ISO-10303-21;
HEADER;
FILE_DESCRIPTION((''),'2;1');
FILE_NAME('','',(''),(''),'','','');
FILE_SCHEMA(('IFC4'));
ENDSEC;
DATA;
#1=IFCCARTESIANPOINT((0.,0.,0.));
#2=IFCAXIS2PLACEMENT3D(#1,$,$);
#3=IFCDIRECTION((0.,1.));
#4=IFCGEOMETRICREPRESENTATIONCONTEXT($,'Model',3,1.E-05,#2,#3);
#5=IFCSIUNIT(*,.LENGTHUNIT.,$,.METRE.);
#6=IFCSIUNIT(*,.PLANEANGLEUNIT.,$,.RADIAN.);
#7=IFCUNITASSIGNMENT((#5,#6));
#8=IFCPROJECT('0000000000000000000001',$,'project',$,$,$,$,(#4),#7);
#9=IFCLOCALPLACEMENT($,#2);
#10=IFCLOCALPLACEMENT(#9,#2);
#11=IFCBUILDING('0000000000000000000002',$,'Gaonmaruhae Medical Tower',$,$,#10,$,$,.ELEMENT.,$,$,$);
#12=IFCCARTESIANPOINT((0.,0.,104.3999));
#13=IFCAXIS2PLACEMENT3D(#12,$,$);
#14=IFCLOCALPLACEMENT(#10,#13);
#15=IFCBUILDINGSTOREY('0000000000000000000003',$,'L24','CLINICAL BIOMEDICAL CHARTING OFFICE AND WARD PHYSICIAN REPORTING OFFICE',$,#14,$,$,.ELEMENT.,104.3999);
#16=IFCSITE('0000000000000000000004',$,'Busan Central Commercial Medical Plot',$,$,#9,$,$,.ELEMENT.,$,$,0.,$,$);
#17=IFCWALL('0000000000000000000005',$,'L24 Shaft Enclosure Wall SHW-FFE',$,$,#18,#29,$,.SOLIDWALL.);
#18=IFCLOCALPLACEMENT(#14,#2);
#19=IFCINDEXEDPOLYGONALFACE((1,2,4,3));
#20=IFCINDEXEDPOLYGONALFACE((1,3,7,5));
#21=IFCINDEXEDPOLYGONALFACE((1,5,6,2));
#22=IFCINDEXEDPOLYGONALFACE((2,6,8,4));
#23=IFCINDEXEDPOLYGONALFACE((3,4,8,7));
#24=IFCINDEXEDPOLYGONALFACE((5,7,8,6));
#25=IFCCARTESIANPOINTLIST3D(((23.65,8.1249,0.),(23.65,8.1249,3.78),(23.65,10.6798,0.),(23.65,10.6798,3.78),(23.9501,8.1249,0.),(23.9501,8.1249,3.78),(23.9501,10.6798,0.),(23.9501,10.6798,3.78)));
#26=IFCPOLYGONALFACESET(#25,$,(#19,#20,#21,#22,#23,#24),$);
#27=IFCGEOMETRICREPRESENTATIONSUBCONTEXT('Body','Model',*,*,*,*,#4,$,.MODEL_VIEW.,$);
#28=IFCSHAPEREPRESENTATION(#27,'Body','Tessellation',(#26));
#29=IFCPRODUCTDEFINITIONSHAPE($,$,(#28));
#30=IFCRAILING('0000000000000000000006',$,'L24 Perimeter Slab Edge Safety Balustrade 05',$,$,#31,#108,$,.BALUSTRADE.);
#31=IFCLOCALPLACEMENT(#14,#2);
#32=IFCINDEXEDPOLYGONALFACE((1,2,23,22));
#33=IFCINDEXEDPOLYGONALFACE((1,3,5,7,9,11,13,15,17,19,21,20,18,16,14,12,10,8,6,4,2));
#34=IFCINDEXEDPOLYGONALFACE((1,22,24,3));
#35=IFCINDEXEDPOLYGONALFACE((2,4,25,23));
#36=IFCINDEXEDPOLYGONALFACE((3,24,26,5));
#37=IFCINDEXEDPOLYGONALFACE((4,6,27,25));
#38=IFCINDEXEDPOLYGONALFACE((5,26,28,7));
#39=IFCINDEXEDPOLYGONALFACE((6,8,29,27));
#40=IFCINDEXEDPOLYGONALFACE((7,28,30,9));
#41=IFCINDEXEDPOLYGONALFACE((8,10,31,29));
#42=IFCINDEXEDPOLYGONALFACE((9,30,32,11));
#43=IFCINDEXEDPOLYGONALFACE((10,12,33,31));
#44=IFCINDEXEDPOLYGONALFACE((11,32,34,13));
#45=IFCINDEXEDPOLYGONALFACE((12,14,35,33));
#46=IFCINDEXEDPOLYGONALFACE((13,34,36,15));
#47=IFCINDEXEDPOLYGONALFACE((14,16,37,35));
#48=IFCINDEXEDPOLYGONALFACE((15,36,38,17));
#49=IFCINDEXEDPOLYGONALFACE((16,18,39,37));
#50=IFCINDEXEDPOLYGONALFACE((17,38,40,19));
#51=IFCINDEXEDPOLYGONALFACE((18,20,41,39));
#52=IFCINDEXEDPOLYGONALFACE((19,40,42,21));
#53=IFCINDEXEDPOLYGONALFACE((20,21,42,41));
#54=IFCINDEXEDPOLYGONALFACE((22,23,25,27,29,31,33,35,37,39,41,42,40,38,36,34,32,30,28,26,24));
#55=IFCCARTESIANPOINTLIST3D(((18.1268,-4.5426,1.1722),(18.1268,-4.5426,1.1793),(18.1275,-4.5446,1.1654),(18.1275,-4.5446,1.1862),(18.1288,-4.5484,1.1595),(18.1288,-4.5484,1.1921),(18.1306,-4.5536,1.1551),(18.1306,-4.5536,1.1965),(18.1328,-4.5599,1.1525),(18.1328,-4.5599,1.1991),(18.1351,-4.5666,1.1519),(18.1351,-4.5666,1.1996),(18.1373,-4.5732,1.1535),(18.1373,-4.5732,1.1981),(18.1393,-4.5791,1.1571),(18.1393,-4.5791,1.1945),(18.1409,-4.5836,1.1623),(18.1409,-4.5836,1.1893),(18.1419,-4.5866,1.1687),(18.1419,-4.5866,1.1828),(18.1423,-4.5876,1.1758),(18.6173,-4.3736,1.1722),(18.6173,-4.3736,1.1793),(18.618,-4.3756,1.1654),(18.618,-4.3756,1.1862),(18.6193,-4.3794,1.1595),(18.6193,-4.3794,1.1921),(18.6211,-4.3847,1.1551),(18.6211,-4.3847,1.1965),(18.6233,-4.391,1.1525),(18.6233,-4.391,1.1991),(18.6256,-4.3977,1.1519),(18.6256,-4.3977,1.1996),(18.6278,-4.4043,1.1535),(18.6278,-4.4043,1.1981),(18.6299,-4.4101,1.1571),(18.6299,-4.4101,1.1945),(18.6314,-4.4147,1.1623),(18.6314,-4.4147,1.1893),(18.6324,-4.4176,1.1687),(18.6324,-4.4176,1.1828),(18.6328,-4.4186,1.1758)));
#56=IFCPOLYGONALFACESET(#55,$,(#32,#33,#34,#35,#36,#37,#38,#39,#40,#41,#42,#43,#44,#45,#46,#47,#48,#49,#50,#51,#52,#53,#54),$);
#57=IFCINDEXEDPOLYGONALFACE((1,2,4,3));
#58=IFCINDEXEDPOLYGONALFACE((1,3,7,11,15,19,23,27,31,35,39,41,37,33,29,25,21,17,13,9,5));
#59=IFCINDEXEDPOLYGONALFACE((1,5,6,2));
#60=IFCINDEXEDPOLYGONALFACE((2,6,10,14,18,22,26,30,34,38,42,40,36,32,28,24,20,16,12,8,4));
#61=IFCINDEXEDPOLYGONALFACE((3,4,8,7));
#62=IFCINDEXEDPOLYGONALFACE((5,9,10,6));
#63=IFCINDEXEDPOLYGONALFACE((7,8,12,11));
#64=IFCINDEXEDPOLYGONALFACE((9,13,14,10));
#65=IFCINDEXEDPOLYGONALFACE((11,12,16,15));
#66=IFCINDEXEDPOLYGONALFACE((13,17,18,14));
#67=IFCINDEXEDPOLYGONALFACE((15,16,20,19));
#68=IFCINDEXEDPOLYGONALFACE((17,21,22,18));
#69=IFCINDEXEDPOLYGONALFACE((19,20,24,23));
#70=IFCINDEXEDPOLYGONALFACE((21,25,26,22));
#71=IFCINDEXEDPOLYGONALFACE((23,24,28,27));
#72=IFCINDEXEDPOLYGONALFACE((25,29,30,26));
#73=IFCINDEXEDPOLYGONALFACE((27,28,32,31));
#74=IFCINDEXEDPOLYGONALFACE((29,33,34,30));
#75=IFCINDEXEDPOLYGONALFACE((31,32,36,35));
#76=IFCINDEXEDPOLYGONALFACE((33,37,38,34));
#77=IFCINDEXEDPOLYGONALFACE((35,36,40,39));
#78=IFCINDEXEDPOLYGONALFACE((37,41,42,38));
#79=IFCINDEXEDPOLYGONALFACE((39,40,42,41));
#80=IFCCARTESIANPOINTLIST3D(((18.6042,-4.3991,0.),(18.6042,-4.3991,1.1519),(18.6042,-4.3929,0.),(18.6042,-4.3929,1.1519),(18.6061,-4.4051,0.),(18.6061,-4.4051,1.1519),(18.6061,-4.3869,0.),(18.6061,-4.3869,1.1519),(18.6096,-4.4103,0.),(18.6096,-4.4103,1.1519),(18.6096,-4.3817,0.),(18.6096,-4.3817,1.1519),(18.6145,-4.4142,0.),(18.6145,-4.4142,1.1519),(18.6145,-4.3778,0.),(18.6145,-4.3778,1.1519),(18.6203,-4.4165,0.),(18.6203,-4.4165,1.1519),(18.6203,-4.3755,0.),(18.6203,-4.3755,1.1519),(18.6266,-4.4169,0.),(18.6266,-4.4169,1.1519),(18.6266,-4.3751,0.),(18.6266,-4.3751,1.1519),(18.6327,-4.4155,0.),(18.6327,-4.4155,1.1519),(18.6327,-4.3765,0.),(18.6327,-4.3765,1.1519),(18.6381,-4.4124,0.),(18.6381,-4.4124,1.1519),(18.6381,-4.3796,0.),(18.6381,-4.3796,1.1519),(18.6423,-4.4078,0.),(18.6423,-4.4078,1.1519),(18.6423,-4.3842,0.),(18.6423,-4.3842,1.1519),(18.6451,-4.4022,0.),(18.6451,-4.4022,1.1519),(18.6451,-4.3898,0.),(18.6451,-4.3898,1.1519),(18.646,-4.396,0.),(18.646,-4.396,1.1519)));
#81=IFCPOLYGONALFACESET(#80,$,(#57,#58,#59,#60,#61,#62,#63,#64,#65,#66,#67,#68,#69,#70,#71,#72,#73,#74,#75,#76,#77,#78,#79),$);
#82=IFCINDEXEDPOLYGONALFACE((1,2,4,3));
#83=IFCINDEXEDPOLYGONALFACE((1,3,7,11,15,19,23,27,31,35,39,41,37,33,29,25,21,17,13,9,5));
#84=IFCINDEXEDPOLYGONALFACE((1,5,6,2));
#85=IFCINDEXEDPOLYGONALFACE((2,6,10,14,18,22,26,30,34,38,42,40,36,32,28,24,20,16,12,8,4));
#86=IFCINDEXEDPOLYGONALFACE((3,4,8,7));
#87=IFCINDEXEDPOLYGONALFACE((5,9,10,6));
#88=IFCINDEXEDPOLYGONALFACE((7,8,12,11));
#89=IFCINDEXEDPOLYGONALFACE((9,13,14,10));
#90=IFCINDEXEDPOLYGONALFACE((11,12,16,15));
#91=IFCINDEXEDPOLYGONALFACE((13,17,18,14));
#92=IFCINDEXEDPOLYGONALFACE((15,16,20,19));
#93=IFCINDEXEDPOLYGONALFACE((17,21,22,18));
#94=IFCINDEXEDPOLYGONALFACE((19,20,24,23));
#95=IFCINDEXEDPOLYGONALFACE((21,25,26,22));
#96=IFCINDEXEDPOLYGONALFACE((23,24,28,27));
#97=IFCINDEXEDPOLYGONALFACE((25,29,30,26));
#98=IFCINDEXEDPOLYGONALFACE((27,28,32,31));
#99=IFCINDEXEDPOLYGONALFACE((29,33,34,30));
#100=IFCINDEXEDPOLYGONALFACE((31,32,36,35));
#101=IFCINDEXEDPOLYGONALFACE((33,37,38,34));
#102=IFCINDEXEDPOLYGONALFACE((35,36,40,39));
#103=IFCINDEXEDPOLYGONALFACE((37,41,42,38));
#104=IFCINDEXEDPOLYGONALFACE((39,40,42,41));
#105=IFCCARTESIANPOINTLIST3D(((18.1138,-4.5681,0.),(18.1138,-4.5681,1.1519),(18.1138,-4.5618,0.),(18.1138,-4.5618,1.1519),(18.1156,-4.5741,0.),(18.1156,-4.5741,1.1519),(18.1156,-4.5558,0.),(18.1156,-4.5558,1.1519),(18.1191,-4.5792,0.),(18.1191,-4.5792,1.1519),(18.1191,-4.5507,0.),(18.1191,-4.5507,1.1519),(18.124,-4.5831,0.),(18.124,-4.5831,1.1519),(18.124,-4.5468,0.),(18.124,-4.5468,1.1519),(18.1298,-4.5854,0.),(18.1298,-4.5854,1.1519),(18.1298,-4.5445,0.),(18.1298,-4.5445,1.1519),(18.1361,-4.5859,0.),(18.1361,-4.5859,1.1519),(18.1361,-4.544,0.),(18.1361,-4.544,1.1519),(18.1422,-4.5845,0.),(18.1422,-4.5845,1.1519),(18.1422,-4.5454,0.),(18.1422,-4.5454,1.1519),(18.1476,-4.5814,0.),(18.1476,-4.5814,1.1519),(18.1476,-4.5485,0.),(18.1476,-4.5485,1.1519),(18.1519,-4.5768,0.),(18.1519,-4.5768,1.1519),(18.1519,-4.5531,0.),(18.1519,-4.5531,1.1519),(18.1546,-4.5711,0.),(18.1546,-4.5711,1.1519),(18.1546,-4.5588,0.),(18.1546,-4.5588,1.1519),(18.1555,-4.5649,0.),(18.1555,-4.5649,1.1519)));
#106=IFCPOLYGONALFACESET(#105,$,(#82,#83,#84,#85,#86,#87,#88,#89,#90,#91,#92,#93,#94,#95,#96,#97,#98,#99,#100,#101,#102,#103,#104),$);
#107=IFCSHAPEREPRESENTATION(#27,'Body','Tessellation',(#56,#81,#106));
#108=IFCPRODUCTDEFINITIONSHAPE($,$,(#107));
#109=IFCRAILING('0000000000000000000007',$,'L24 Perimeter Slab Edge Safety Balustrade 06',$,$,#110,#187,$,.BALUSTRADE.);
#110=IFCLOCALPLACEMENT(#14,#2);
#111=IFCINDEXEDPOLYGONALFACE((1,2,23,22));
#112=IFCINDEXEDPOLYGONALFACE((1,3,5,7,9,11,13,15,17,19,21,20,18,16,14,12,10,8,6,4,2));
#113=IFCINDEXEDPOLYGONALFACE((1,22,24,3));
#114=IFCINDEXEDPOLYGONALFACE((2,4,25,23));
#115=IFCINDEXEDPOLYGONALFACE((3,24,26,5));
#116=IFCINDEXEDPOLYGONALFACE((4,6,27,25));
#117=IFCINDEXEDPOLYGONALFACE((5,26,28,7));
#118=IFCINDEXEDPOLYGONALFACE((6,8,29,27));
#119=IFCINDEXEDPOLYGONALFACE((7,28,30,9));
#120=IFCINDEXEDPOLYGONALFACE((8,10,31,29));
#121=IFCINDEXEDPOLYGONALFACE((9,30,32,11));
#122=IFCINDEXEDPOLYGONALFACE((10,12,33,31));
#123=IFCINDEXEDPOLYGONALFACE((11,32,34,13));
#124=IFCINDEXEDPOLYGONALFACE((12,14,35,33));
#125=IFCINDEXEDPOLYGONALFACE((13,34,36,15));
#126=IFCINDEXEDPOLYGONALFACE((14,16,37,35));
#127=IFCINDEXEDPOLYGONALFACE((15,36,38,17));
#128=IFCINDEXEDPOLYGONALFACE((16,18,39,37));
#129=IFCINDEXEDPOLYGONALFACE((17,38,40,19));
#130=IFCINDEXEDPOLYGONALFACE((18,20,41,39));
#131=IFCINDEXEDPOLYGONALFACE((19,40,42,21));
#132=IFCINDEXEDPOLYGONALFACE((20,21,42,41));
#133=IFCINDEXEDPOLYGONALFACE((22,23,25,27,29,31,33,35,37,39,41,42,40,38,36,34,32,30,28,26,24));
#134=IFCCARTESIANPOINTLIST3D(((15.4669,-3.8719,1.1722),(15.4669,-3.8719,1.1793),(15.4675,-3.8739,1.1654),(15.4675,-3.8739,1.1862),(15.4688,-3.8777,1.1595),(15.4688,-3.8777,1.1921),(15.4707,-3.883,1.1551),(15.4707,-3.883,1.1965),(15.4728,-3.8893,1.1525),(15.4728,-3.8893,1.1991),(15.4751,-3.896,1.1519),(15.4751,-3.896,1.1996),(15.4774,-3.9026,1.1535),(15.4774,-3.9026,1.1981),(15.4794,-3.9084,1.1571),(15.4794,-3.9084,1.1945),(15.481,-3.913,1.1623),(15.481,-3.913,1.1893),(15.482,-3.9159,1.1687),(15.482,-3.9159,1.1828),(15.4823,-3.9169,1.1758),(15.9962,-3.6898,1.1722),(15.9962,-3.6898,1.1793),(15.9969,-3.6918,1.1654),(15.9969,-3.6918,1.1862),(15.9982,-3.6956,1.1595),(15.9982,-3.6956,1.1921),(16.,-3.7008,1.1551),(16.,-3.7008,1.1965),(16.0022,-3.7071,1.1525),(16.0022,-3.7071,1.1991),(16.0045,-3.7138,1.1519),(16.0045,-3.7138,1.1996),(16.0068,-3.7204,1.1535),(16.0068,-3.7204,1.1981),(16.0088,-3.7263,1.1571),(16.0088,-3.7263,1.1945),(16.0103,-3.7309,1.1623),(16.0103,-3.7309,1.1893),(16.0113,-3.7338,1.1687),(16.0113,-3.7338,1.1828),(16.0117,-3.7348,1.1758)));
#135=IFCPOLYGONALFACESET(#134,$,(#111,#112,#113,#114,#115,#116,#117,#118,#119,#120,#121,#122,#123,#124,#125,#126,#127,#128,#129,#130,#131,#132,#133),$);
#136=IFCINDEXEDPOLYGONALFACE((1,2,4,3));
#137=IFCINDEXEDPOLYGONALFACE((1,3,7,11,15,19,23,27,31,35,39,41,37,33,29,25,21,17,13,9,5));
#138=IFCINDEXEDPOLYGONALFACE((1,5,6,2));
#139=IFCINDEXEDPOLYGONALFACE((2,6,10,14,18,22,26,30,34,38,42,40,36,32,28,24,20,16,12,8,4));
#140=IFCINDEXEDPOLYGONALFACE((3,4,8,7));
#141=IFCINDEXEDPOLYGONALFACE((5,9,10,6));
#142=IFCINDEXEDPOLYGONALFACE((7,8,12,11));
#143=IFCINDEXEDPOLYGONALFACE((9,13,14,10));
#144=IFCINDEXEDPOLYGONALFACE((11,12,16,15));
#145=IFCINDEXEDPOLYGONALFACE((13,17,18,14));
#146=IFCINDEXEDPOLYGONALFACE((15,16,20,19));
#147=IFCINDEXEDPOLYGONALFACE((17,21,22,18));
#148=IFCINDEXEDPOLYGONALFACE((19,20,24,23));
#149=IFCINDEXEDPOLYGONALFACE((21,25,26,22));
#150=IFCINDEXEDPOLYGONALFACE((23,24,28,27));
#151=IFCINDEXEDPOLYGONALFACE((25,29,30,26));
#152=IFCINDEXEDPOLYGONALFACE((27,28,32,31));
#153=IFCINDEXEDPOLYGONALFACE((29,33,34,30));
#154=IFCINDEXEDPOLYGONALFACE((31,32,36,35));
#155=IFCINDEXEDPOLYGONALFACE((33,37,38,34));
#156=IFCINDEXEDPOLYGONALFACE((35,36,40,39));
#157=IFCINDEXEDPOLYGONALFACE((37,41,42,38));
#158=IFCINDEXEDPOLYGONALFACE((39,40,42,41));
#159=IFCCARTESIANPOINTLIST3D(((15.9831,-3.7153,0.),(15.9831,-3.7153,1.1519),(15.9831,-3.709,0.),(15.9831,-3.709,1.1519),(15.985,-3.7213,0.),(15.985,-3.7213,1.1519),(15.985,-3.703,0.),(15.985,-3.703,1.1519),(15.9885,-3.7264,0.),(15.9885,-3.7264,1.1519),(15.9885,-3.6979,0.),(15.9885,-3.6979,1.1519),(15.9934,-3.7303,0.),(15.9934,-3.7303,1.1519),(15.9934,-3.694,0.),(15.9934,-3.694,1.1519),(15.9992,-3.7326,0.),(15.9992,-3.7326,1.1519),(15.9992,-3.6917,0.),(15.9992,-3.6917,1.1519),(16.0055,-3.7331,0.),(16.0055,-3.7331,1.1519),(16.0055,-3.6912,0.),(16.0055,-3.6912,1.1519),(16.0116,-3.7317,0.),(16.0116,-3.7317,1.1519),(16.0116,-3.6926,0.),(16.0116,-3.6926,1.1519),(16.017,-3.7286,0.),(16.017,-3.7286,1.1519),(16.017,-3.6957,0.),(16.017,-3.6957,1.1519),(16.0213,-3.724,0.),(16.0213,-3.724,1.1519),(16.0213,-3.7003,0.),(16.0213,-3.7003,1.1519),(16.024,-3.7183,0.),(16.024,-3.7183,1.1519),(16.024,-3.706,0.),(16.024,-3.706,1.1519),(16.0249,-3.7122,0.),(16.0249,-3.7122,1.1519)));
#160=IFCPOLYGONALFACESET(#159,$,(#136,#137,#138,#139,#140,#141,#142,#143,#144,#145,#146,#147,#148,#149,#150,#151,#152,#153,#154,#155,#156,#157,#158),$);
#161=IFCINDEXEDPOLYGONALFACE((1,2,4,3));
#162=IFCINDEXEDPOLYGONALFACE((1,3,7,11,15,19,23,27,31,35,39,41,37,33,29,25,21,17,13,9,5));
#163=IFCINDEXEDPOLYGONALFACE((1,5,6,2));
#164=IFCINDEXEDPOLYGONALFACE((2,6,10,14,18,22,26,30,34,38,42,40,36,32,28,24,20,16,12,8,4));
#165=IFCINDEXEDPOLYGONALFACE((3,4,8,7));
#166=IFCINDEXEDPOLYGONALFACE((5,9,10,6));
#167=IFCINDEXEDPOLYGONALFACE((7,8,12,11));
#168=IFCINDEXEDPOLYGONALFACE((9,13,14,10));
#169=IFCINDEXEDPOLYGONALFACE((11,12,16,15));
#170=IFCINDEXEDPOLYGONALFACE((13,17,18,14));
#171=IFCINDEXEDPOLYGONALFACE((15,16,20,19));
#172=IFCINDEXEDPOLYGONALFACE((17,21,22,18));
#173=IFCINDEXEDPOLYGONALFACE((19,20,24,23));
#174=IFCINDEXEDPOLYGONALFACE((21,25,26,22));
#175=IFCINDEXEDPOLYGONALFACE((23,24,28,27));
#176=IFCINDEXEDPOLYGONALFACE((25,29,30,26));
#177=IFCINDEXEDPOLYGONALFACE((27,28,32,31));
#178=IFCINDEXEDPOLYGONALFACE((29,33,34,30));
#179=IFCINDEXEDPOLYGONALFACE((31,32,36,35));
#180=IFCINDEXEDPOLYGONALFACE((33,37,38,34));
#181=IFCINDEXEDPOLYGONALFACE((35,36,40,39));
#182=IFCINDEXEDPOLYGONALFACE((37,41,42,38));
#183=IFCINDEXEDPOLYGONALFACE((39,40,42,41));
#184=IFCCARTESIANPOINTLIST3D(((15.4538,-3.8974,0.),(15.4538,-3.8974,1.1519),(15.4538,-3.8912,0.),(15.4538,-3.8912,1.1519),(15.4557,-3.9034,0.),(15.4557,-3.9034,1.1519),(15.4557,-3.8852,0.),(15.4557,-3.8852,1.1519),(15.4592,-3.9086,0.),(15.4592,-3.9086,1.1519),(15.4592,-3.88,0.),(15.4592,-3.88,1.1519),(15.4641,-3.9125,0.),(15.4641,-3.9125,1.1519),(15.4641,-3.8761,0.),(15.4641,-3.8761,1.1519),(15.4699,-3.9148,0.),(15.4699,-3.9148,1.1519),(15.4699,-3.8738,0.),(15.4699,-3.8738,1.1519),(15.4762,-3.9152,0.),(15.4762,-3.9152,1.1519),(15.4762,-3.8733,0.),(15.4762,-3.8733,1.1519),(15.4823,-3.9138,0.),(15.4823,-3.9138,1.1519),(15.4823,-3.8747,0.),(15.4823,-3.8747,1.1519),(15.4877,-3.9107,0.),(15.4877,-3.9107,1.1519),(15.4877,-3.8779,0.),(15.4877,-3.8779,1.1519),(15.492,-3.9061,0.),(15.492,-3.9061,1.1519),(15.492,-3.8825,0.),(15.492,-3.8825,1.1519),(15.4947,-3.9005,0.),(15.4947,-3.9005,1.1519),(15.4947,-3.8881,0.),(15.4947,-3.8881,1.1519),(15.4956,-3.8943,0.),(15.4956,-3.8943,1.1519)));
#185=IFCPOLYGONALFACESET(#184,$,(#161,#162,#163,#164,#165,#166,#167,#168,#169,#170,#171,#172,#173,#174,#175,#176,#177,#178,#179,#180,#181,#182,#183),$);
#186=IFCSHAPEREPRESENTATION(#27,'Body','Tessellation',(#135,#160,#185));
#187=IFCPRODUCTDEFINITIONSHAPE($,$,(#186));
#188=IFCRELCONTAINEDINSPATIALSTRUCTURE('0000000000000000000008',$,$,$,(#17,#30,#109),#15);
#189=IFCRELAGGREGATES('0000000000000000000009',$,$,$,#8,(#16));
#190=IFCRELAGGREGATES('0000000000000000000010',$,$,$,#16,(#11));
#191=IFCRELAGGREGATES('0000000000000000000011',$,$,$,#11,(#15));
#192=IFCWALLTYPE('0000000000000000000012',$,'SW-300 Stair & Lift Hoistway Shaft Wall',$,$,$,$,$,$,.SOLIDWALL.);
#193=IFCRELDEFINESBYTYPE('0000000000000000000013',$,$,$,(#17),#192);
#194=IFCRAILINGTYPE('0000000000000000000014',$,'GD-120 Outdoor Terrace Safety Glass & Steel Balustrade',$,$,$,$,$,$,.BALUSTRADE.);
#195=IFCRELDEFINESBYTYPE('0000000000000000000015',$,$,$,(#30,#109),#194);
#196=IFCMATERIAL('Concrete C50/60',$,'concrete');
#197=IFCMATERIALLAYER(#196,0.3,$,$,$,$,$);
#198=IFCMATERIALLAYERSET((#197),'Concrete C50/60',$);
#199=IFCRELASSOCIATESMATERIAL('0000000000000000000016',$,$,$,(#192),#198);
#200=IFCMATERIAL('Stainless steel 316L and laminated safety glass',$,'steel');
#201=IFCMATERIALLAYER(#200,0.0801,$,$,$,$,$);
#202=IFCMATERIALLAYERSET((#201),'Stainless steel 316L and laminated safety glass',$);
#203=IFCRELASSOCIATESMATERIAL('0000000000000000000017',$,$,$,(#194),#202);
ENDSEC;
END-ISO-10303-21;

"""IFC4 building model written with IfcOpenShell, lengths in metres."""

from ifc_helpers import new_model, si_unit, direction, frame, frame_2d, origin, origin_2d, place, context, subcontext, project, spatial, rectangle, circle, extrude, material, layer, layer_set, type_object, element, save


model = new_model("IFC4")

# Units and contexts
model_context = context("Model", 3, precision=1e-05, world=origin(), true_north=direction((0.0, 1.0)))
body_context = subcontext(model_context, "Body", "Model", "MODEL_VIEW")
ifc_project = project(units=[si_unit("LENGTHUNIT", "METRE"), si_unit("PLANEANGLEUNIT", "RADIAN")], contexts=[model_context])

# Site, building, storey
site_placement = place(None, origin())
site = spatial("IfcSite", under=ifc_project, at=site_placement, Name="Busan Central Commercial Medical Plot", CompositionType="ELEMENT", RefElevation=0.0)
building_placement = place(site_placement, origin())
building = spatial("IfcBuilding", under=site, at=building_placement, Name="Gaonmaruhae Medical Tower", CompositionType="ELEMENT")
storey_placement = place(building_placement, frame((0.0, 0.0, 104.3999)))
storey = spatial("IfcBuildingStorey", under=building, at=storey_placement, Name="L24", Description="CLINICAL BIOMEDICAL CHARTING OFFICE AND WARD PHYSICIAN REPORTING OFFICE", CompositionType="ELEMENT", Elevation=104.3999)

# Shared definitions
ifc_material_1 = material(Name="Concrete C50/60", Category="concrete")

# Shared definitions
ifc_layer_1 = layer(ifc_material_1, 0.3)
ifc_layer_set_1 = layer_set([ifc_layer_1], Name="Concrete C50/60")
wall_type_1 = type_object("IfcWallType", Name="SW-300 Stair & Lift Hoistway Shaft Wall", PredefinedType="SOLIDWALL", material=ifc_layer_set_1)

# Wall
wall_1_placement = place(storey_placement, frame((23.8, 8.125, 0.0), z_axis=(0.0, 0.0, 1.0), x_axis=(0.0, 1.0, 0.0)))
element("IfcWall", 1, at=wall_1_placement, inside=storey, type_object=wall_type_1, Name="L24 Shaft Enclosure Wall SHW-FFE", PredefinedType="SOLIDWALL", context=body_context, shape_type="SweptSolid", body=[
    extrude(rectangle(XDim=2.5549, YDim=0.3, at=frame_2d((1.2773, 0.0))), origin(), (0.0, 0.0, 1.0), 3.78),
])

# Railings
ifc_material_2 = material(Name="Stainless steel 316L and laminated safety glass", Category="steel")
ifc_layer_2 = layer(ifc_material_2, 0.0801)
ifc_layer_set_2 = layer_set([ifc_layer_2], Name="Stainless steel 316L and laminated safety glass")
railing_type_1 = type_object("IfcRailingType", Name="GD-120 Outdoor Terrace Safety Glass & Steel Balustrade", PredefinedType="BALUSTRADE", material=ifc_layer_set_2)
railing_1_placement = place(storey_placement, frame((18.625, -4.396, 0.0)))
element("IfcRailing", 2, at=railing_1_placement, inside=storey, type_object=railing_type_1, Name="L24 Perimeter Slab Edge Safety Balustrade 05", PredefinedType="BALUSTRADE", context=body_context, shape_type="SweptSolid", body=[
    extrude(circle(Radius=0.0239, at=origin_2d()), frame((0.0, 0.0, 1.1758), z_axis=(-0.945483, -0.325672, 0.0), x_axis=(0.325672, -0.945483, 0.0)), (0.0, 0.0, 1.0), 0.5188),
    extrude(circle(Radius=0.021, at=origin_2d()), origin(), (0.0, 0.0, 1.0), 1.1519),
    extrude(circle(Radius=0.021, at=origin_2d()), frame((-0.4905, -0.1689, 0.0)), (0.0, 0.0, 1.0), 1.1519),
])
railing_2_placement = place(storey_placement, frame((16.0039, -3.7122, 0.0)))
element("IfcRailing", 3, at=railing_2_placement, inside=storey, type_object=railing_type_1, Name="L24 Perimeter Slab Edge Safety Balustrade 06", PredefinedType="BALUSTRADE", context=body_context, shape_type="SweptSolid", body=[
    extrude(circle(Radius=0.0239, at=origin_2d()), frame((0.0, 0.0, 1.1758), z_axis=(-0.945586, -0.325372, 0.0), x_axis=(0.325372, -0.945586, 0.0)), (0.0, 0.0, 1.0), 0.5598),
    extrude(circle(Radius=0.021, at=origin_2d()), origin(), (0.0, 0.0, 1.0), 1.1519),
    extrude(circle(Radius=0.021, at=origin_2d()), frame((-0.5293, -0.1821, 0.0)), (0.0, 0.0, 1.0), 1.1519),
])

save(model, "model.ifc")
